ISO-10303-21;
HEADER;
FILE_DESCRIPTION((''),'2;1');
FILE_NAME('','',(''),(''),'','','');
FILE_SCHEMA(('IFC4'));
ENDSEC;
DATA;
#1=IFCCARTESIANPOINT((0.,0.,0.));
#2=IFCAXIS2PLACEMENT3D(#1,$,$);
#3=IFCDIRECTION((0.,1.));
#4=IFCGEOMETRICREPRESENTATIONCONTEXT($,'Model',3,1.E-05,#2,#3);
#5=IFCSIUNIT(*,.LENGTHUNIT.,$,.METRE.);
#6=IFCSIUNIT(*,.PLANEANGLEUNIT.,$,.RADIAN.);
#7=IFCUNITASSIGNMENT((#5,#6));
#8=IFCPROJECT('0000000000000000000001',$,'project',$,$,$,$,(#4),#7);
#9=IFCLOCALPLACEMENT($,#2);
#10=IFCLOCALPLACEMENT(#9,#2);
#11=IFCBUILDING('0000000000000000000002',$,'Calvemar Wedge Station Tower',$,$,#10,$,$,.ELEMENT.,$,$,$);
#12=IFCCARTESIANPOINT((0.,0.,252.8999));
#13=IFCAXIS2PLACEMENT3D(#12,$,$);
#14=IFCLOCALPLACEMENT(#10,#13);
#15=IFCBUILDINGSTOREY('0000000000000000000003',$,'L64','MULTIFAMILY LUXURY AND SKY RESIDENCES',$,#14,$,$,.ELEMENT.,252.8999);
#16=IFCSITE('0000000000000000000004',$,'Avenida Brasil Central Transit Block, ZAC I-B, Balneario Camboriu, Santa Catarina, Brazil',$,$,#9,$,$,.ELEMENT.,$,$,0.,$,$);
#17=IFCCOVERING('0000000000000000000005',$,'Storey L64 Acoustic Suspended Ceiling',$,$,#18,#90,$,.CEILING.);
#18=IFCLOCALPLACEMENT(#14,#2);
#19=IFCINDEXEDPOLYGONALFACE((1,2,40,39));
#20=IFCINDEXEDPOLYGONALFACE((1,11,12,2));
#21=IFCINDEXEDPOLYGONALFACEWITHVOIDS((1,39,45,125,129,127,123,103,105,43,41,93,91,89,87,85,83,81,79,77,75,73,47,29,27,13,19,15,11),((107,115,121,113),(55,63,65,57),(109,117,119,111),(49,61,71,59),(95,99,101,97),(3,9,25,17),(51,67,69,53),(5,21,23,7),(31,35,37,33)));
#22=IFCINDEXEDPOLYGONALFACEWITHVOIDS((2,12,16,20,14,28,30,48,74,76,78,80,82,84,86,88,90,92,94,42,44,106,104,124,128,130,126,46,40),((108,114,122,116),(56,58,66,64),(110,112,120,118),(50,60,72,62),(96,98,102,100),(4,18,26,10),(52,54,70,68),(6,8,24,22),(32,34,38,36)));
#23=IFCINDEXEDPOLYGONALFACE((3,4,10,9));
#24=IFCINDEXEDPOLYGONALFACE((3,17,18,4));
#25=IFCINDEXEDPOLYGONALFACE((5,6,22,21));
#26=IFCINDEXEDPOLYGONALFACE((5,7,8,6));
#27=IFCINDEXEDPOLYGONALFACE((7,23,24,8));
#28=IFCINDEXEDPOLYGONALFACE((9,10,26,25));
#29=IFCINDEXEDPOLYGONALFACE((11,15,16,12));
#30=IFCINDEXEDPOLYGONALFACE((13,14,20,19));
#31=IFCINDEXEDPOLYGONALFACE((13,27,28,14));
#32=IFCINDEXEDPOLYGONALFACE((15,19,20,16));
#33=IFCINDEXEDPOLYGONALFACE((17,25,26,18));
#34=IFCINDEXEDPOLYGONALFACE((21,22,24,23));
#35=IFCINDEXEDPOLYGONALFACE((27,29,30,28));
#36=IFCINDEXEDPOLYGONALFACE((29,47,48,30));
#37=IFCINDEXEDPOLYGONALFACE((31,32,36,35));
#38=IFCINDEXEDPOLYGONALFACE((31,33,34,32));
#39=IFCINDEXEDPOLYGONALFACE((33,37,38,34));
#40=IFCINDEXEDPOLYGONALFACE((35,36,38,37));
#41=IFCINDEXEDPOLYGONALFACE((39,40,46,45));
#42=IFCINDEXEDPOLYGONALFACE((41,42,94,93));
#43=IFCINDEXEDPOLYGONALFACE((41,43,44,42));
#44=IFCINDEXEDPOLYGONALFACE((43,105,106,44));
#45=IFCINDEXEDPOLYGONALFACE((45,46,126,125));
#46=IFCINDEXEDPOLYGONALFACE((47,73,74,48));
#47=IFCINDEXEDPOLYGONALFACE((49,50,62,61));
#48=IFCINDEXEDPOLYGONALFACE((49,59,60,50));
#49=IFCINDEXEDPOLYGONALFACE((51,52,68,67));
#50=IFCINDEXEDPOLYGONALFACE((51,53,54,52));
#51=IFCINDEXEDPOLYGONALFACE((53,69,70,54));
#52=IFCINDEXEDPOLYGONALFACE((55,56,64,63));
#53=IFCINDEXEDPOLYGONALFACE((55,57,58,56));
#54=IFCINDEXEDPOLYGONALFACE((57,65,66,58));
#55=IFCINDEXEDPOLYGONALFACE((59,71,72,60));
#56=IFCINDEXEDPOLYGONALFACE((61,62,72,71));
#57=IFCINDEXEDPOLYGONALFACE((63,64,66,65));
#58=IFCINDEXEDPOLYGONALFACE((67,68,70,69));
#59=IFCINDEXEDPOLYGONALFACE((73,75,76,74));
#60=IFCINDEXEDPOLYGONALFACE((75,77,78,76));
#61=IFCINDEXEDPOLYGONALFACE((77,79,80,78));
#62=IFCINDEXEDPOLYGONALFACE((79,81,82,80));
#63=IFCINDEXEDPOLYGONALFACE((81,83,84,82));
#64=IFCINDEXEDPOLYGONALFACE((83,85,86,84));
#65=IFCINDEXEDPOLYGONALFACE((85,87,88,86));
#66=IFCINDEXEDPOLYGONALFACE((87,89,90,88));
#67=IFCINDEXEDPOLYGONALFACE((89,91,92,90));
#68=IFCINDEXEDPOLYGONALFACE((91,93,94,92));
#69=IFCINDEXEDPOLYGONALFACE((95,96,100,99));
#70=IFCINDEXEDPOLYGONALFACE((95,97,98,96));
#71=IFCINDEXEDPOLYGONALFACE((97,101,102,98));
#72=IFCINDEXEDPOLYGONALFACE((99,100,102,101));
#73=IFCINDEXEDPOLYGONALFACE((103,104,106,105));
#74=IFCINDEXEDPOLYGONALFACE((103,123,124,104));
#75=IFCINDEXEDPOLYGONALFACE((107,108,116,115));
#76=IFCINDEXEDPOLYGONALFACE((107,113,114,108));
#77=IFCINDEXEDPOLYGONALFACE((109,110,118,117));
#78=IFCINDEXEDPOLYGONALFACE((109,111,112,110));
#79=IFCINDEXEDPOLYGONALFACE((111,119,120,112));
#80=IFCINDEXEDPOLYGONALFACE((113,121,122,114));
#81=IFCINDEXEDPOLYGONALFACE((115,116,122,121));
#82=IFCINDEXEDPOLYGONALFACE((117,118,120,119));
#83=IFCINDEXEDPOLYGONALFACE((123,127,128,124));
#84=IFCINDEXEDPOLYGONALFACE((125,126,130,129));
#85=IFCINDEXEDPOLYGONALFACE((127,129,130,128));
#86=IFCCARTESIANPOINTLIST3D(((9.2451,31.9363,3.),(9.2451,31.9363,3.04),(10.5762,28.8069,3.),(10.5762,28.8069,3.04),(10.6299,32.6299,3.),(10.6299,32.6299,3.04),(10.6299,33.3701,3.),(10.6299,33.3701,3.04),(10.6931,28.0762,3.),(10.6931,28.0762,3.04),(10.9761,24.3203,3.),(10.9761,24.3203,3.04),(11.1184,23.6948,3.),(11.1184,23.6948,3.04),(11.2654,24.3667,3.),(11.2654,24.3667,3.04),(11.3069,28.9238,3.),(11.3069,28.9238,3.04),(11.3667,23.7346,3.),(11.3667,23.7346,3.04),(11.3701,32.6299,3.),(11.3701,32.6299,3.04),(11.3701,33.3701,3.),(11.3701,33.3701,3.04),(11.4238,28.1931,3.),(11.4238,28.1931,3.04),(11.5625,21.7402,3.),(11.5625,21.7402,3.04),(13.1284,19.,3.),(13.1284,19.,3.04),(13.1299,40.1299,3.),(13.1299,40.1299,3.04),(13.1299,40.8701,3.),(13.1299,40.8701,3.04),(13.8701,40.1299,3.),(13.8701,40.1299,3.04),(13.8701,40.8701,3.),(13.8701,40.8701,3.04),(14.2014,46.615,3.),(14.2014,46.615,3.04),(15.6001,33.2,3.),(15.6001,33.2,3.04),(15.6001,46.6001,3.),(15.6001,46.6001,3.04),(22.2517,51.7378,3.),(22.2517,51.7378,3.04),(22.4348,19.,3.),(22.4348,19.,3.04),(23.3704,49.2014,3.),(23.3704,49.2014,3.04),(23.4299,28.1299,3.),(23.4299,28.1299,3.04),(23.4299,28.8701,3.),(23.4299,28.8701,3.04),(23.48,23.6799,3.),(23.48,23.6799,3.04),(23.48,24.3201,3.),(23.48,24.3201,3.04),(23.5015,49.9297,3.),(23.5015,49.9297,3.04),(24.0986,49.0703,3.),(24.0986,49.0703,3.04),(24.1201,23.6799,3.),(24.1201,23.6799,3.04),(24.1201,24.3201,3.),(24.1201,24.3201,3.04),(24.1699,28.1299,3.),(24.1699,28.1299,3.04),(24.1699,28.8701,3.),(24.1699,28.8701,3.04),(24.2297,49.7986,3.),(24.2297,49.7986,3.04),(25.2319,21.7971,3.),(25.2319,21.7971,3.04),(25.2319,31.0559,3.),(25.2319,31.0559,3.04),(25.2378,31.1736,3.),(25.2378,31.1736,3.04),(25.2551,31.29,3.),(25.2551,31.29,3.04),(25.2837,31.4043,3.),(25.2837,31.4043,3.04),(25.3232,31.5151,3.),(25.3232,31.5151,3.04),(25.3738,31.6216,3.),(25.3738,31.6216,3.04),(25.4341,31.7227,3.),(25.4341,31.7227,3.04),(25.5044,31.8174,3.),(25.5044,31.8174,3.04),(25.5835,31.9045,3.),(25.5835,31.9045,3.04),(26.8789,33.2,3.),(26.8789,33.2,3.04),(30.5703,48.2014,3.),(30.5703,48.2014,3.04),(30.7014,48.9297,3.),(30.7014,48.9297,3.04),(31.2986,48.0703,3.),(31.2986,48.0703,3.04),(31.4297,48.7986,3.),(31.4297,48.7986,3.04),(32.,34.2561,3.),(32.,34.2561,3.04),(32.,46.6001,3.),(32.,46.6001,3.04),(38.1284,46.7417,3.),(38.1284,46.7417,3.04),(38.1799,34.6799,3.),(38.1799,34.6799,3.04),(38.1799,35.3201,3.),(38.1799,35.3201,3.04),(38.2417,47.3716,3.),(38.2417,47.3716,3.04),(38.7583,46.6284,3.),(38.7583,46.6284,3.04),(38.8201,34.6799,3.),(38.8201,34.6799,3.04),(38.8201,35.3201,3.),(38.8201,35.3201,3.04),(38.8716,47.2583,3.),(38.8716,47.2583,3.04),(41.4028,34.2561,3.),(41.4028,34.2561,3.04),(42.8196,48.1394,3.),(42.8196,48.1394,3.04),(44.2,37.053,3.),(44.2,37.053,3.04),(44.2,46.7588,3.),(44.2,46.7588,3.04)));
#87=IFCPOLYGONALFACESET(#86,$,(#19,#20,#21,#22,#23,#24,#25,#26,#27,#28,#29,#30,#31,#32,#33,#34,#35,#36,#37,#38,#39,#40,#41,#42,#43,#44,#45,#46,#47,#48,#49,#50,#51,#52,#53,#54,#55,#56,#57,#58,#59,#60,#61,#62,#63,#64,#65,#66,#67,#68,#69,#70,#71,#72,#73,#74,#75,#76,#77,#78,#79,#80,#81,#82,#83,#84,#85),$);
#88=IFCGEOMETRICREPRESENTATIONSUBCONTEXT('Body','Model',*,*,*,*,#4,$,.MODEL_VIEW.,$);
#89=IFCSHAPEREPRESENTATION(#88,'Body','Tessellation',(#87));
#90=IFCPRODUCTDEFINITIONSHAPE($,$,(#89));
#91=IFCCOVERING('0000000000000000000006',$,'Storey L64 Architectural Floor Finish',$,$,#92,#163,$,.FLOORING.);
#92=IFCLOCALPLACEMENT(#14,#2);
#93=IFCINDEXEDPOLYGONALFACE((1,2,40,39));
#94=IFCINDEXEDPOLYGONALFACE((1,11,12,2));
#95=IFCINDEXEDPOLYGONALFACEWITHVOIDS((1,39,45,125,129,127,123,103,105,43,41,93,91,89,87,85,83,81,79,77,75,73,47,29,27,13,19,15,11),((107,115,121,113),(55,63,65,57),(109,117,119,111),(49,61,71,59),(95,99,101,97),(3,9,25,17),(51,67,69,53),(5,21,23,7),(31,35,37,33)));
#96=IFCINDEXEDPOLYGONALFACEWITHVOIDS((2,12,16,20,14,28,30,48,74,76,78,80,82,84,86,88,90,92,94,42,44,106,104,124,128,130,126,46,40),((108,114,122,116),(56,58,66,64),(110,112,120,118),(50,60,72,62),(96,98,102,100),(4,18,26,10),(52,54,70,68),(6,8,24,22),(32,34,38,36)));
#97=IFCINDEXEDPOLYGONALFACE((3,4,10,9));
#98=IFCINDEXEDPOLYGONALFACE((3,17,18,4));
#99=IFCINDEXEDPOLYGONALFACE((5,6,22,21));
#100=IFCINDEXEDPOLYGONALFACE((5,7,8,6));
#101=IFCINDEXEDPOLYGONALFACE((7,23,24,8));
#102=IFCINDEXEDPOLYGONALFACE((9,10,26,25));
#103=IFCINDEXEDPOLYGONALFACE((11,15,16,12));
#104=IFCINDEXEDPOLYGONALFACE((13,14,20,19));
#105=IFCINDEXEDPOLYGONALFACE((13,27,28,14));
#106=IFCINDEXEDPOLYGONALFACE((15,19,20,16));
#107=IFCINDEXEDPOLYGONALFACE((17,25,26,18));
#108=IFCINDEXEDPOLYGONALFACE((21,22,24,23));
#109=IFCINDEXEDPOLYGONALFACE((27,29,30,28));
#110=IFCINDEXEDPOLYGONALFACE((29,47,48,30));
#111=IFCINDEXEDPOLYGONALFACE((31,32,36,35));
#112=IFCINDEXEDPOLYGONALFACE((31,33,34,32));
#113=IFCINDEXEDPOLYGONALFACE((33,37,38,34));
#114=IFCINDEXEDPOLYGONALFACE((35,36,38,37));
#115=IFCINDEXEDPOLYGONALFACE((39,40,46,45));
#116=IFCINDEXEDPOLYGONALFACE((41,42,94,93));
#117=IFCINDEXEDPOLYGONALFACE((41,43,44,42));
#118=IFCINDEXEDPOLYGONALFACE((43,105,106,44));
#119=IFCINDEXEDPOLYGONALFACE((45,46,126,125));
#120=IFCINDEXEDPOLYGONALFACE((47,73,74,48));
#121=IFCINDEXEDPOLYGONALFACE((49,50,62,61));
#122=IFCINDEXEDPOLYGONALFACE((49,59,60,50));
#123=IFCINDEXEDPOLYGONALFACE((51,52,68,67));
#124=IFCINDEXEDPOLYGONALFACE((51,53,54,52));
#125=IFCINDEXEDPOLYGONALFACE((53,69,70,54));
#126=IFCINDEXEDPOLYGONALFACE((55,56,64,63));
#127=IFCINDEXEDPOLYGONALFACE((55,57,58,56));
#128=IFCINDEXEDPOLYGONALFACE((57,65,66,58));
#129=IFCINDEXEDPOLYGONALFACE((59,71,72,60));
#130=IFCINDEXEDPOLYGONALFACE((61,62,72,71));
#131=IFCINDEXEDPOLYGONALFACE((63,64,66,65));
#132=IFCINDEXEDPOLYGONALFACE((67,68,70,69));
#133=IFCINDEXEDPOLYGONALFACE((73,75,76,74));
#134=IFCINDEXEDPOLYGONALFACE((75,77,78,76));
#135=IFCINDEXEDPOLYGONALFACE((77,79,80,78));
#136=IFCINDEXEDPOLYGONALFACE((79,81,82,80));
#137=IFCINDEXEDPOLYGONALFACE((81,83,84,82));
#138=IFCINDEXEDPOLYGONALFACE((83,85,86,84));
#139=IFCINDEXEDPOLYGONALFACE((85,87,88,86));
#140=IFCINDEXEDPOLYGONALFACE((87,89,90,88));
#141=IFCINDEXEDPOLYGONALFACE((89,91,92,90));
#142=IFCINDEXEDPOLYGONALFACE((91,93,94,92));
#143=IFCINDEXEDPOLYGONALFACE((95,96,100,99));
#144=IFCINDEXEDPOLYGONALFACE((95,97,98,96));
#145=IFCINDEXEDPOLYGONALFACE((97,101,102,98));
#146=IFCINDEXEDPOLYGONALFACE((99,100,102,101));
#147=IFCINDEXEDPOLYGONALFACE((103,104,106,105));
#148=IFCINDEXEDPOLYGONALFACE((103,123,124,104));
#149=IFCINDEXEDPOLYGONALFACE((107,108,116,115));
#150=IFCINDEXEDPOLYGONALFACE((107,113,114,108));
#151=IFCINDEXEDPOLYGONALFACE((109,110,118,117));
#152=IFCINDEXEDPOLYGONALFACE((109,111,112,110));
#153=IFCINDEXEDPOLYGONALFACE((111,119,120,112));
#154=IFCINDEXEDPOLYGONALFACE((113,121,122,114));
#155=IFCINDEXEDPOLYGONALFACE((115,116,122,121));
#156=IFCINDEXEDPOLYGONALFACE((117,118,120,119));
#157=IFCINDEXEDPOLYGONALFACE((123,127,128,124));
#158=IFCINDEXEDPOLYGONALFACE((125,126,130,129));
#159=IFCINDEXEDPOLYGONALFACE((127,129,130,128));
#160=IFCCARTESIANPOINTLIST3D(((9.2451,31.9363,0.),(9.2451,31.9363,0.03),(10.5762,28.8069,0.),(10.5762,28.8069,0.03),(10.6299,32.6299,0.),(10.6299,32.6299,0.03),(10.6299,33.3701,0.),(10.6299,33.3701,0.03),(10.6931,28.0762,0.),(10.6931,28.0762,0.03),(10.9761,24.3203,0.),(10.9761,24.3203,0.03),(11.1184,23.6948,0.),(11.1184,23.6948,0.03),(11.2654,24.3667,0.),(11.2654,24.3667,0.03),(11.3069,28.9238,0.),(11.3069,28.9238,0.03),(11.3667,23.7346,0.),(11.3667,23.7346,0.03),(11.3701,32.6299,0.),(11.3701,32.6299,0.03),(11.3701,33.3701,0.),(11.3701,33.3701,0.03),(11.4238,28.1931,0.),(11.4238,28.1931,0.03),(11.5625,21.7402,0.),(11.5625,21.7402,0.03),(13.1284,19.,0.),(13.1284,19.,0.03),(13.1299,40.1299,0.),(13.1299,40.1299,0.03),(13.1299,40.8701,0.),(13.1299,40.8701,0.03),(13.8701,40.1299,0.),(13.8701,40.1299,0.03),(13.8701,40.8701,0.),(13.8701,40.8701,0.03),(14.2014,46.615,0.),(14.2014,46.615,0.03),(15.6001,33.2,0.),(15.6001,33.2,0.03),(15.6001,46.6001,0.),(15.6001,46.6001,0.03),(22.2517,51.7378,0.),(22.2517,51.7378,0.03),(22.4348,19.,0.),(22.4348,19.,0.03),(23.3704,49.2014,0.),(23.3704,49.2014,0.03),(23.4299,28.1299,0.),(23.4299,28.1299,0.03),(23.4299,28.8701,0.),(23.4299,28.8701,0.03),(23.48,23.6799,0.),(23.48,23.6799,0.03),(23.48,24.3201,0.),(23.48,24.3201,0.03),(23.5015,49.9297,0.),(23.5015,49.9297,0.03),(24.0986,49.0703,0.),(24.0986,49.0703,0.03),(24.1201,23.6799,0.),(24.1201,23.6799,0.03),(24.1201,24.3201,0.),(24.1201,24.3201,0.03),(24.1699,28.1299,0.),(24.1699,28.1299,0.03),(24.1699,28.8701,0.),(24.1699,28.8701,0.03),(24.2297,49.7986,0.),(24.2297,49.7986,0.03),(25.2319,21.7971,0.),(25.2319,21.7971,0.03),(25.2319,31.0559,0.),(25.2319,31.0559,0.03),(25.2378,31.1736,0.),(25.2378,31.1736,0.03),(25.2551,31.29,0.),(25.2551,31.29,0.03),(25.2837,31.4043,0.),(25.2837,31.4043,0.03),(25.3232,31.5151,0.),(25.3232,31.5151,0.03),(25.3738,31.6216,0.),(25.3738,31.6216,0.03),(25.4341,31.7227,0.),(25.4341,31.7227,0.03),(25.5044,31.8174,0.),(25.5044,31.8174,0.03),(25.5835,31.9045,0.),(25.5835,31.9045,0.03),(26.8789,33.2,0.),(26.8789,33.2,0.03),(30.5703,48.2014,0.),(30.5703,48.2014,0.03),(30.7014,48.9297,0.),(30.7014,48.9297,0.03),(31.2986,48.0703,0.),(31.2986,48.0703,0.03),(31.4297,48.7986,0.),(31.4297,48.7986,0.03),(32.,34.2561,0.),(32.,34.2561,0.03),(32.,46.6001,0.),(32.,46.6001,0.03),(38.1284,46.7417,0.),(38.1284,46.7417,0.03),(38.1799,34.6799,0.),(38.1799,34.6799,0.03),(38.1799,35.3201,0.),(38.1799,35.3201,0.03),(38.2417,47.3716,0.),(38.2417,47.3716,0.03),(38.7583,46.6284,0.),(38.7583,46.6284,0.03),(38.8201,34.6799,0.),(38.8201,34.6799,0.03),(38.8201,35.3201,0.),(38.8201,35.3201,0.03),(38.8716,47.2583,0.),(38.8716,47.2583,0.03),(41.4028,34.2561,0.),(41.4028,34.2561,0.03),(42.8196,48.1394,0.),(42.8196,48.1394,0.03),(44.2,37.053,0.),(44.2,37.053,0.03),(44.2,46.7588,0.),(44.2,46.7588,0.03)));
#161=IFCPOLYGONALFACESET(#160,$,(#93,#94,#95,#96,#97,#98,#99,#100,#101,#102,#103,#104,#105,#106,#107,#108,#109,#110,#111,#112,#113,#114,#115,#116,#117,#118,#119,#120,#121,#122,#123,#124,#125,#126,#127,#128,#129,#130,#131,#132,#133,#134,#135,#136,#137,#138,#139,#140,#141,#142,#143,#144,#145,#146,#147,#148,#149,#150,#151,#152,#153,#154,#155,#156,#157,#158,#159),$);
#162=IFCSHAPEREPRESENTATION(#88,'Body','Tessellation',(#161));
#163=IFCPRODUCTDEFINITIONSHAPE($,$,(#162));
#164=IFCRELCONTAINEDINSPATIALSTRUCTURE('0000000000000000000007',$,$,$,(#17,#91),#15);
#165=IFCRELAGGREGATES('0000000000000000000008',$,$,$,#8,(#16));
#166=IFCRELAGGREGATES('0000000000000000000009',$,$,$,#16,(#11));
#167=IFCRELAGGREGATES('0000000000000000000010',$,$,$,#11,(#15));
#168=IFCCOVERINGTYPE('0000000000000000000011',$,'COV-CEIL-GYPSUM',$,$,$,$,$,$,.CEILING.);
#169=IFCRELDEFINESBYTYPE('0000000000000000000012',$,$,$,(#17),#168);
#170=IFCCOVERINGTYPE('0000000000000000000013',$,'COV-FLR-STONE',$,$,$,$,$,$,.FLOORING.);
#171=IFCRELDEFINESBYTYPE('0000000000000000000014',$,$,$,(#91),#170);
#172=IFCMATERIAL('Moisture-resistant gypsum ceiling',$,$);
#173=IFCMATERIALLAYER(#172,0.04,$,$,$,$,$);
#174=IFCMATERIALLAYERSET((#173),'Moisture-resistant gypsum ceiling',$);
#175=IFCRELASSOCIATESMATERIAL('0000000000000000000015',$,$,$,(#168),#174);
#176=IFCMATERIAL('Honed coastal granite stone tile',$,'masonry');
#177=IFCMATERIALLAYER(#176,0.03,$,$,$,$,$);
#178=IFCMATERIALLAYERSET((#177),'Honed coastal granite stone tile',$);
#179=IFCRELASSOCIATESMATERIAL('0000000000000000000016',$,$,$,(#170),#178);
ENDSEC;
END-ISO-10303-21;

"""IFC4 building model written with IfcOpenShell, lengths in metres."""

from ifc_helpers import new_model, si_unit, direction, frame, origin, place, context, subcontext, project, spatial, polyline, outline, extrude, material, layer, layer_set, type_object, element, save


model = new_model("IFC4")

# Units and contexts
model_context = context("Model", 3, precision=1e-05, world=origin(), true_north=direction((0.0, 1.0)))
body_context = subcontext(model_context, "Body", "Model", "MODEL_VIEW")
ifc_project = project(units=[si_unit("LENGTHUNIT", "METRE"), si_unit("PLANEANGLEUNIT", "RADIAN")], contexts=[model_context])

# Site, building, storey
site_placement = place(None, origin())
site = spatial("IfcSite", under=ifc_project, at=site_placement, Name="Avenida Brasil Central Transit Block, ZAC I-B, Balneario Camboriu, Santa Catarina, Brazil", CompositionType="ELEMENT", RefElevation=0.0)
building_placement = place(site_placement, origin())
building = spatial("IfcBuilding", under=site, at=building_placement, Name="Calvemar Wedge Station Tower", CompositionType="ELEMENT")
storey_placement = place(building_placement, frame((0.0, 0.0, 252.8999)))
storey = spatial("IfcBuildingStorey", under=building, at=storey_placement, Name="L64", Description="MULTIFAMILY LUXURY AND SKY RESIDENCES", CompositionType="ELEMENT", Elevation=252.8999)

# Coverings
ifc_material_1 = material(Name="Moisture-resistant gypsum ceiling")
ifc_layer_1 = layer(ifc_material_1, 0.04)
ifc_layer_set_1 = layer_set([ifc_layer_1], Name="Moisture-resistant gypsum ceiling")
covering_type_1 = type_object("IfcCoveringType", Name="COV-CEIL-GYPSUM", PredefinedType="CEILING", material=ifc_layer_set_1)
covering_1_placement = place(storey_placement, frame((0.0, 0.0, 3.0)))
element("IfcCovering", 1, at=covering_1_placement, inside=storey, type_object=covering_type_1, Name="Storey L64 Acoustic Suspended Ceiling", PredefinedType="CEILING", context=body_context, shape_type="SweptSolid", body=[
    extrude(outline(polyline([(15.6001, 33.2), (15.6001, 46.6001), (32.0, 46.6001), (32.0, 34.2561), (41.4028, 34.2561), (44.2, 37.053), (44.2, 46.7588), (42.8196, 48.1394), (22.2517, 51.7378), (14.2014, 46.615), (9.2451, 31.9363), (10.9761, 24.3203), (11.2654, 24.3667), (11.3667, 23.7346), (11.1184, 23.6948), (11.5625, 21.7402), (13.1284, 19.0), (22.4348, 19.0), (25.2319, 21.7971), (25.2319, 31.0559), (25.2378, 31.1736), (25.2551, 31.29), (25.2837, 31.4043), (25.3232, 31.5151), (25.3738, 31.6216), (25.4341, 31.7227), (25.5044, 31.8174), (25.5835, 31.9045), (26.8789, 33.2), (15.6001, 33.2)]), holes=[polyline([(11.3701, 33.3701), (11.3701, 32.6299), (10.6299, 32.6299), (10.6299, 33.3701), (11.3701, 33.3701)]), polyline([(13.8701, 40.1299), (13.1299, 40.1299), (13.1299, 40.8701), (13.8701, 40.8701), (13.8701, 40.1299)]), polyline([(23.3704, 49.2014), (23.5015, 49.9297), (24.2297, 49.7986), (24.0986, 49.0703), (23.3704, 49.2014)]), polyline([(30.7014, 48.9297), (31.4297, 48.7986), (31.2986, 48.0703), (30.5703, 48.2014), (30.7014, 48.9297)]), polyline([(38.8716, 47.2583), (38.7583, 46.6284), (38.1284, 46.7417), (38.2417, 47.3716), (38.8716, 47.2583)]), polyline([(38.8201, 34.6799), (38.1799, 34.6799), (38.1799, 35.3201), (38.8201, 35.3201), (38.8201, 34.6799)]), polyline([(10.5762, 28.8069), (11.3069, 28.9238), (11.4238, 28.1931), (10.6931, 28.0762), (10.5762, 28.8069)]), polyline([(24.1699, 28.8701), (24.1699, 28.1299), (23.4299, 28.1299), (23.4299, 28.8701), (24.1699, 28.8701)]), polyline([(24.1201, 23.6799), (23.48, 23.6799), (23.48, 24.3201), (24.1201, 24.3201), (24.1201, 23.6799)])]), origin(), (0.0, 0.0, 1.0), 0.04),
])
ifc_material_2 = material(Name="Honed coastal granite stone tile", Category="masonry")
ifc_layer_2 = layer(ifc_material_2, 0.03)
ifc_layer_set_2 = layer_set([ifc_layer_2], Name="Honed coastal granite stone tile")
covering_type_2 = type_object("IfcCoveringType", Name="COV-FLR-STONE", PredefinedType="FLOORING", material=ifc_layer_set_2)
covering_2_placement = place(storey_placement, origin())
element("IfcCovering", 2, at=covering_2_placement, inside=storey, type_object=covering_type_2, Name="Storey L64 Architectural Floor Finish", PredefinedType="FLOORING", context=body_context, shape_type="SweptSolid", body=[
    extrude(outline(polyline([(15.6001, 33.2), (15.6001, 46.6001), (32.0, 46.6001), (32.0, 34.2561), (41.4028, 34.2561), (44.2, 37.053), (44.2, 46.7588), (42.8196, 48.1394), (22.2517, 51.7378), (14.2014, 46.615), (9.2451, 31.9363), (10.9761, 24.3203), (11.2654, 24.3667), (11.3667, 23.7346), (11.1184, 23.6948), (11.5625, 21.7402), (13.1284, 19.0), (22.4348, 19.0), (25.2319, 21.7971), (25.2319, 31.0559), (25.2378, 31.1736), (25.2551, 31.29), (25.2837, 31.4043), (25.3232, 31.5151), (25.3738, 31.6216), (25.4341, 31.7227), (25.5044, 31.8174), (25.5835, 31.9045), (26.8789, 33.2), (15.6001, 33.2)]), holes=[polyline([(11.3701, 33.3701), (11.3701, 32.6299), (10.6299, 32.6299), (10.6299, 33.3701), (11.3701, 33.3701)]), polyline([(13.8701, 40.1299), (13.1299, 40.1299), (13.1299, 40.8701), (13.8701, 40.8701), (13.8701, 40.1299)]), polyline([(23.3704, 49.2014), (23.5015, 49.9297), (24.2297, 49.7986), (24.0986, 49.0703), (23.3704, 49.2014)]), polyline([(30.7014, 48.9297), (31.4297, 48.7986), (31.2986, 48.0703), (30.5703, 48.2014), (30.7014, 48.9297)]), polyline([(38.8716, 47.2583), (38.7583, 46.6284), (38.1284, 46.7417), (38.2417, 47.3716), (38.8716, 47.2583)]), polyline([(38.8201, 34.6799), (38.1799, 34.6799), (38.1799, 35.3201), (38.8201, 35.3201), (38.8201, 34.6799)]), polyline([(10.5762, 28.8069), (11.3069, 28.9238), (11.4238, 28.1931), (10.6931, 28.0762), (10.5762, 28.8069)]), polyline([(24.1699, 28.8701), (24.1699, 28.1299), (23.4299, 28.1299), (23.4299, 28.8701), (24.1699, 28.8701)]), polyline([(24.1201, 23.6799), (23.48, 23.6799), (23.48, 24.3201), (24.1201, 24.3201), (24.1201, 23.6799)])]), origin(), (0.0, 0.0, 1.0), 0.03),
])

save(model, "model.ifc")
